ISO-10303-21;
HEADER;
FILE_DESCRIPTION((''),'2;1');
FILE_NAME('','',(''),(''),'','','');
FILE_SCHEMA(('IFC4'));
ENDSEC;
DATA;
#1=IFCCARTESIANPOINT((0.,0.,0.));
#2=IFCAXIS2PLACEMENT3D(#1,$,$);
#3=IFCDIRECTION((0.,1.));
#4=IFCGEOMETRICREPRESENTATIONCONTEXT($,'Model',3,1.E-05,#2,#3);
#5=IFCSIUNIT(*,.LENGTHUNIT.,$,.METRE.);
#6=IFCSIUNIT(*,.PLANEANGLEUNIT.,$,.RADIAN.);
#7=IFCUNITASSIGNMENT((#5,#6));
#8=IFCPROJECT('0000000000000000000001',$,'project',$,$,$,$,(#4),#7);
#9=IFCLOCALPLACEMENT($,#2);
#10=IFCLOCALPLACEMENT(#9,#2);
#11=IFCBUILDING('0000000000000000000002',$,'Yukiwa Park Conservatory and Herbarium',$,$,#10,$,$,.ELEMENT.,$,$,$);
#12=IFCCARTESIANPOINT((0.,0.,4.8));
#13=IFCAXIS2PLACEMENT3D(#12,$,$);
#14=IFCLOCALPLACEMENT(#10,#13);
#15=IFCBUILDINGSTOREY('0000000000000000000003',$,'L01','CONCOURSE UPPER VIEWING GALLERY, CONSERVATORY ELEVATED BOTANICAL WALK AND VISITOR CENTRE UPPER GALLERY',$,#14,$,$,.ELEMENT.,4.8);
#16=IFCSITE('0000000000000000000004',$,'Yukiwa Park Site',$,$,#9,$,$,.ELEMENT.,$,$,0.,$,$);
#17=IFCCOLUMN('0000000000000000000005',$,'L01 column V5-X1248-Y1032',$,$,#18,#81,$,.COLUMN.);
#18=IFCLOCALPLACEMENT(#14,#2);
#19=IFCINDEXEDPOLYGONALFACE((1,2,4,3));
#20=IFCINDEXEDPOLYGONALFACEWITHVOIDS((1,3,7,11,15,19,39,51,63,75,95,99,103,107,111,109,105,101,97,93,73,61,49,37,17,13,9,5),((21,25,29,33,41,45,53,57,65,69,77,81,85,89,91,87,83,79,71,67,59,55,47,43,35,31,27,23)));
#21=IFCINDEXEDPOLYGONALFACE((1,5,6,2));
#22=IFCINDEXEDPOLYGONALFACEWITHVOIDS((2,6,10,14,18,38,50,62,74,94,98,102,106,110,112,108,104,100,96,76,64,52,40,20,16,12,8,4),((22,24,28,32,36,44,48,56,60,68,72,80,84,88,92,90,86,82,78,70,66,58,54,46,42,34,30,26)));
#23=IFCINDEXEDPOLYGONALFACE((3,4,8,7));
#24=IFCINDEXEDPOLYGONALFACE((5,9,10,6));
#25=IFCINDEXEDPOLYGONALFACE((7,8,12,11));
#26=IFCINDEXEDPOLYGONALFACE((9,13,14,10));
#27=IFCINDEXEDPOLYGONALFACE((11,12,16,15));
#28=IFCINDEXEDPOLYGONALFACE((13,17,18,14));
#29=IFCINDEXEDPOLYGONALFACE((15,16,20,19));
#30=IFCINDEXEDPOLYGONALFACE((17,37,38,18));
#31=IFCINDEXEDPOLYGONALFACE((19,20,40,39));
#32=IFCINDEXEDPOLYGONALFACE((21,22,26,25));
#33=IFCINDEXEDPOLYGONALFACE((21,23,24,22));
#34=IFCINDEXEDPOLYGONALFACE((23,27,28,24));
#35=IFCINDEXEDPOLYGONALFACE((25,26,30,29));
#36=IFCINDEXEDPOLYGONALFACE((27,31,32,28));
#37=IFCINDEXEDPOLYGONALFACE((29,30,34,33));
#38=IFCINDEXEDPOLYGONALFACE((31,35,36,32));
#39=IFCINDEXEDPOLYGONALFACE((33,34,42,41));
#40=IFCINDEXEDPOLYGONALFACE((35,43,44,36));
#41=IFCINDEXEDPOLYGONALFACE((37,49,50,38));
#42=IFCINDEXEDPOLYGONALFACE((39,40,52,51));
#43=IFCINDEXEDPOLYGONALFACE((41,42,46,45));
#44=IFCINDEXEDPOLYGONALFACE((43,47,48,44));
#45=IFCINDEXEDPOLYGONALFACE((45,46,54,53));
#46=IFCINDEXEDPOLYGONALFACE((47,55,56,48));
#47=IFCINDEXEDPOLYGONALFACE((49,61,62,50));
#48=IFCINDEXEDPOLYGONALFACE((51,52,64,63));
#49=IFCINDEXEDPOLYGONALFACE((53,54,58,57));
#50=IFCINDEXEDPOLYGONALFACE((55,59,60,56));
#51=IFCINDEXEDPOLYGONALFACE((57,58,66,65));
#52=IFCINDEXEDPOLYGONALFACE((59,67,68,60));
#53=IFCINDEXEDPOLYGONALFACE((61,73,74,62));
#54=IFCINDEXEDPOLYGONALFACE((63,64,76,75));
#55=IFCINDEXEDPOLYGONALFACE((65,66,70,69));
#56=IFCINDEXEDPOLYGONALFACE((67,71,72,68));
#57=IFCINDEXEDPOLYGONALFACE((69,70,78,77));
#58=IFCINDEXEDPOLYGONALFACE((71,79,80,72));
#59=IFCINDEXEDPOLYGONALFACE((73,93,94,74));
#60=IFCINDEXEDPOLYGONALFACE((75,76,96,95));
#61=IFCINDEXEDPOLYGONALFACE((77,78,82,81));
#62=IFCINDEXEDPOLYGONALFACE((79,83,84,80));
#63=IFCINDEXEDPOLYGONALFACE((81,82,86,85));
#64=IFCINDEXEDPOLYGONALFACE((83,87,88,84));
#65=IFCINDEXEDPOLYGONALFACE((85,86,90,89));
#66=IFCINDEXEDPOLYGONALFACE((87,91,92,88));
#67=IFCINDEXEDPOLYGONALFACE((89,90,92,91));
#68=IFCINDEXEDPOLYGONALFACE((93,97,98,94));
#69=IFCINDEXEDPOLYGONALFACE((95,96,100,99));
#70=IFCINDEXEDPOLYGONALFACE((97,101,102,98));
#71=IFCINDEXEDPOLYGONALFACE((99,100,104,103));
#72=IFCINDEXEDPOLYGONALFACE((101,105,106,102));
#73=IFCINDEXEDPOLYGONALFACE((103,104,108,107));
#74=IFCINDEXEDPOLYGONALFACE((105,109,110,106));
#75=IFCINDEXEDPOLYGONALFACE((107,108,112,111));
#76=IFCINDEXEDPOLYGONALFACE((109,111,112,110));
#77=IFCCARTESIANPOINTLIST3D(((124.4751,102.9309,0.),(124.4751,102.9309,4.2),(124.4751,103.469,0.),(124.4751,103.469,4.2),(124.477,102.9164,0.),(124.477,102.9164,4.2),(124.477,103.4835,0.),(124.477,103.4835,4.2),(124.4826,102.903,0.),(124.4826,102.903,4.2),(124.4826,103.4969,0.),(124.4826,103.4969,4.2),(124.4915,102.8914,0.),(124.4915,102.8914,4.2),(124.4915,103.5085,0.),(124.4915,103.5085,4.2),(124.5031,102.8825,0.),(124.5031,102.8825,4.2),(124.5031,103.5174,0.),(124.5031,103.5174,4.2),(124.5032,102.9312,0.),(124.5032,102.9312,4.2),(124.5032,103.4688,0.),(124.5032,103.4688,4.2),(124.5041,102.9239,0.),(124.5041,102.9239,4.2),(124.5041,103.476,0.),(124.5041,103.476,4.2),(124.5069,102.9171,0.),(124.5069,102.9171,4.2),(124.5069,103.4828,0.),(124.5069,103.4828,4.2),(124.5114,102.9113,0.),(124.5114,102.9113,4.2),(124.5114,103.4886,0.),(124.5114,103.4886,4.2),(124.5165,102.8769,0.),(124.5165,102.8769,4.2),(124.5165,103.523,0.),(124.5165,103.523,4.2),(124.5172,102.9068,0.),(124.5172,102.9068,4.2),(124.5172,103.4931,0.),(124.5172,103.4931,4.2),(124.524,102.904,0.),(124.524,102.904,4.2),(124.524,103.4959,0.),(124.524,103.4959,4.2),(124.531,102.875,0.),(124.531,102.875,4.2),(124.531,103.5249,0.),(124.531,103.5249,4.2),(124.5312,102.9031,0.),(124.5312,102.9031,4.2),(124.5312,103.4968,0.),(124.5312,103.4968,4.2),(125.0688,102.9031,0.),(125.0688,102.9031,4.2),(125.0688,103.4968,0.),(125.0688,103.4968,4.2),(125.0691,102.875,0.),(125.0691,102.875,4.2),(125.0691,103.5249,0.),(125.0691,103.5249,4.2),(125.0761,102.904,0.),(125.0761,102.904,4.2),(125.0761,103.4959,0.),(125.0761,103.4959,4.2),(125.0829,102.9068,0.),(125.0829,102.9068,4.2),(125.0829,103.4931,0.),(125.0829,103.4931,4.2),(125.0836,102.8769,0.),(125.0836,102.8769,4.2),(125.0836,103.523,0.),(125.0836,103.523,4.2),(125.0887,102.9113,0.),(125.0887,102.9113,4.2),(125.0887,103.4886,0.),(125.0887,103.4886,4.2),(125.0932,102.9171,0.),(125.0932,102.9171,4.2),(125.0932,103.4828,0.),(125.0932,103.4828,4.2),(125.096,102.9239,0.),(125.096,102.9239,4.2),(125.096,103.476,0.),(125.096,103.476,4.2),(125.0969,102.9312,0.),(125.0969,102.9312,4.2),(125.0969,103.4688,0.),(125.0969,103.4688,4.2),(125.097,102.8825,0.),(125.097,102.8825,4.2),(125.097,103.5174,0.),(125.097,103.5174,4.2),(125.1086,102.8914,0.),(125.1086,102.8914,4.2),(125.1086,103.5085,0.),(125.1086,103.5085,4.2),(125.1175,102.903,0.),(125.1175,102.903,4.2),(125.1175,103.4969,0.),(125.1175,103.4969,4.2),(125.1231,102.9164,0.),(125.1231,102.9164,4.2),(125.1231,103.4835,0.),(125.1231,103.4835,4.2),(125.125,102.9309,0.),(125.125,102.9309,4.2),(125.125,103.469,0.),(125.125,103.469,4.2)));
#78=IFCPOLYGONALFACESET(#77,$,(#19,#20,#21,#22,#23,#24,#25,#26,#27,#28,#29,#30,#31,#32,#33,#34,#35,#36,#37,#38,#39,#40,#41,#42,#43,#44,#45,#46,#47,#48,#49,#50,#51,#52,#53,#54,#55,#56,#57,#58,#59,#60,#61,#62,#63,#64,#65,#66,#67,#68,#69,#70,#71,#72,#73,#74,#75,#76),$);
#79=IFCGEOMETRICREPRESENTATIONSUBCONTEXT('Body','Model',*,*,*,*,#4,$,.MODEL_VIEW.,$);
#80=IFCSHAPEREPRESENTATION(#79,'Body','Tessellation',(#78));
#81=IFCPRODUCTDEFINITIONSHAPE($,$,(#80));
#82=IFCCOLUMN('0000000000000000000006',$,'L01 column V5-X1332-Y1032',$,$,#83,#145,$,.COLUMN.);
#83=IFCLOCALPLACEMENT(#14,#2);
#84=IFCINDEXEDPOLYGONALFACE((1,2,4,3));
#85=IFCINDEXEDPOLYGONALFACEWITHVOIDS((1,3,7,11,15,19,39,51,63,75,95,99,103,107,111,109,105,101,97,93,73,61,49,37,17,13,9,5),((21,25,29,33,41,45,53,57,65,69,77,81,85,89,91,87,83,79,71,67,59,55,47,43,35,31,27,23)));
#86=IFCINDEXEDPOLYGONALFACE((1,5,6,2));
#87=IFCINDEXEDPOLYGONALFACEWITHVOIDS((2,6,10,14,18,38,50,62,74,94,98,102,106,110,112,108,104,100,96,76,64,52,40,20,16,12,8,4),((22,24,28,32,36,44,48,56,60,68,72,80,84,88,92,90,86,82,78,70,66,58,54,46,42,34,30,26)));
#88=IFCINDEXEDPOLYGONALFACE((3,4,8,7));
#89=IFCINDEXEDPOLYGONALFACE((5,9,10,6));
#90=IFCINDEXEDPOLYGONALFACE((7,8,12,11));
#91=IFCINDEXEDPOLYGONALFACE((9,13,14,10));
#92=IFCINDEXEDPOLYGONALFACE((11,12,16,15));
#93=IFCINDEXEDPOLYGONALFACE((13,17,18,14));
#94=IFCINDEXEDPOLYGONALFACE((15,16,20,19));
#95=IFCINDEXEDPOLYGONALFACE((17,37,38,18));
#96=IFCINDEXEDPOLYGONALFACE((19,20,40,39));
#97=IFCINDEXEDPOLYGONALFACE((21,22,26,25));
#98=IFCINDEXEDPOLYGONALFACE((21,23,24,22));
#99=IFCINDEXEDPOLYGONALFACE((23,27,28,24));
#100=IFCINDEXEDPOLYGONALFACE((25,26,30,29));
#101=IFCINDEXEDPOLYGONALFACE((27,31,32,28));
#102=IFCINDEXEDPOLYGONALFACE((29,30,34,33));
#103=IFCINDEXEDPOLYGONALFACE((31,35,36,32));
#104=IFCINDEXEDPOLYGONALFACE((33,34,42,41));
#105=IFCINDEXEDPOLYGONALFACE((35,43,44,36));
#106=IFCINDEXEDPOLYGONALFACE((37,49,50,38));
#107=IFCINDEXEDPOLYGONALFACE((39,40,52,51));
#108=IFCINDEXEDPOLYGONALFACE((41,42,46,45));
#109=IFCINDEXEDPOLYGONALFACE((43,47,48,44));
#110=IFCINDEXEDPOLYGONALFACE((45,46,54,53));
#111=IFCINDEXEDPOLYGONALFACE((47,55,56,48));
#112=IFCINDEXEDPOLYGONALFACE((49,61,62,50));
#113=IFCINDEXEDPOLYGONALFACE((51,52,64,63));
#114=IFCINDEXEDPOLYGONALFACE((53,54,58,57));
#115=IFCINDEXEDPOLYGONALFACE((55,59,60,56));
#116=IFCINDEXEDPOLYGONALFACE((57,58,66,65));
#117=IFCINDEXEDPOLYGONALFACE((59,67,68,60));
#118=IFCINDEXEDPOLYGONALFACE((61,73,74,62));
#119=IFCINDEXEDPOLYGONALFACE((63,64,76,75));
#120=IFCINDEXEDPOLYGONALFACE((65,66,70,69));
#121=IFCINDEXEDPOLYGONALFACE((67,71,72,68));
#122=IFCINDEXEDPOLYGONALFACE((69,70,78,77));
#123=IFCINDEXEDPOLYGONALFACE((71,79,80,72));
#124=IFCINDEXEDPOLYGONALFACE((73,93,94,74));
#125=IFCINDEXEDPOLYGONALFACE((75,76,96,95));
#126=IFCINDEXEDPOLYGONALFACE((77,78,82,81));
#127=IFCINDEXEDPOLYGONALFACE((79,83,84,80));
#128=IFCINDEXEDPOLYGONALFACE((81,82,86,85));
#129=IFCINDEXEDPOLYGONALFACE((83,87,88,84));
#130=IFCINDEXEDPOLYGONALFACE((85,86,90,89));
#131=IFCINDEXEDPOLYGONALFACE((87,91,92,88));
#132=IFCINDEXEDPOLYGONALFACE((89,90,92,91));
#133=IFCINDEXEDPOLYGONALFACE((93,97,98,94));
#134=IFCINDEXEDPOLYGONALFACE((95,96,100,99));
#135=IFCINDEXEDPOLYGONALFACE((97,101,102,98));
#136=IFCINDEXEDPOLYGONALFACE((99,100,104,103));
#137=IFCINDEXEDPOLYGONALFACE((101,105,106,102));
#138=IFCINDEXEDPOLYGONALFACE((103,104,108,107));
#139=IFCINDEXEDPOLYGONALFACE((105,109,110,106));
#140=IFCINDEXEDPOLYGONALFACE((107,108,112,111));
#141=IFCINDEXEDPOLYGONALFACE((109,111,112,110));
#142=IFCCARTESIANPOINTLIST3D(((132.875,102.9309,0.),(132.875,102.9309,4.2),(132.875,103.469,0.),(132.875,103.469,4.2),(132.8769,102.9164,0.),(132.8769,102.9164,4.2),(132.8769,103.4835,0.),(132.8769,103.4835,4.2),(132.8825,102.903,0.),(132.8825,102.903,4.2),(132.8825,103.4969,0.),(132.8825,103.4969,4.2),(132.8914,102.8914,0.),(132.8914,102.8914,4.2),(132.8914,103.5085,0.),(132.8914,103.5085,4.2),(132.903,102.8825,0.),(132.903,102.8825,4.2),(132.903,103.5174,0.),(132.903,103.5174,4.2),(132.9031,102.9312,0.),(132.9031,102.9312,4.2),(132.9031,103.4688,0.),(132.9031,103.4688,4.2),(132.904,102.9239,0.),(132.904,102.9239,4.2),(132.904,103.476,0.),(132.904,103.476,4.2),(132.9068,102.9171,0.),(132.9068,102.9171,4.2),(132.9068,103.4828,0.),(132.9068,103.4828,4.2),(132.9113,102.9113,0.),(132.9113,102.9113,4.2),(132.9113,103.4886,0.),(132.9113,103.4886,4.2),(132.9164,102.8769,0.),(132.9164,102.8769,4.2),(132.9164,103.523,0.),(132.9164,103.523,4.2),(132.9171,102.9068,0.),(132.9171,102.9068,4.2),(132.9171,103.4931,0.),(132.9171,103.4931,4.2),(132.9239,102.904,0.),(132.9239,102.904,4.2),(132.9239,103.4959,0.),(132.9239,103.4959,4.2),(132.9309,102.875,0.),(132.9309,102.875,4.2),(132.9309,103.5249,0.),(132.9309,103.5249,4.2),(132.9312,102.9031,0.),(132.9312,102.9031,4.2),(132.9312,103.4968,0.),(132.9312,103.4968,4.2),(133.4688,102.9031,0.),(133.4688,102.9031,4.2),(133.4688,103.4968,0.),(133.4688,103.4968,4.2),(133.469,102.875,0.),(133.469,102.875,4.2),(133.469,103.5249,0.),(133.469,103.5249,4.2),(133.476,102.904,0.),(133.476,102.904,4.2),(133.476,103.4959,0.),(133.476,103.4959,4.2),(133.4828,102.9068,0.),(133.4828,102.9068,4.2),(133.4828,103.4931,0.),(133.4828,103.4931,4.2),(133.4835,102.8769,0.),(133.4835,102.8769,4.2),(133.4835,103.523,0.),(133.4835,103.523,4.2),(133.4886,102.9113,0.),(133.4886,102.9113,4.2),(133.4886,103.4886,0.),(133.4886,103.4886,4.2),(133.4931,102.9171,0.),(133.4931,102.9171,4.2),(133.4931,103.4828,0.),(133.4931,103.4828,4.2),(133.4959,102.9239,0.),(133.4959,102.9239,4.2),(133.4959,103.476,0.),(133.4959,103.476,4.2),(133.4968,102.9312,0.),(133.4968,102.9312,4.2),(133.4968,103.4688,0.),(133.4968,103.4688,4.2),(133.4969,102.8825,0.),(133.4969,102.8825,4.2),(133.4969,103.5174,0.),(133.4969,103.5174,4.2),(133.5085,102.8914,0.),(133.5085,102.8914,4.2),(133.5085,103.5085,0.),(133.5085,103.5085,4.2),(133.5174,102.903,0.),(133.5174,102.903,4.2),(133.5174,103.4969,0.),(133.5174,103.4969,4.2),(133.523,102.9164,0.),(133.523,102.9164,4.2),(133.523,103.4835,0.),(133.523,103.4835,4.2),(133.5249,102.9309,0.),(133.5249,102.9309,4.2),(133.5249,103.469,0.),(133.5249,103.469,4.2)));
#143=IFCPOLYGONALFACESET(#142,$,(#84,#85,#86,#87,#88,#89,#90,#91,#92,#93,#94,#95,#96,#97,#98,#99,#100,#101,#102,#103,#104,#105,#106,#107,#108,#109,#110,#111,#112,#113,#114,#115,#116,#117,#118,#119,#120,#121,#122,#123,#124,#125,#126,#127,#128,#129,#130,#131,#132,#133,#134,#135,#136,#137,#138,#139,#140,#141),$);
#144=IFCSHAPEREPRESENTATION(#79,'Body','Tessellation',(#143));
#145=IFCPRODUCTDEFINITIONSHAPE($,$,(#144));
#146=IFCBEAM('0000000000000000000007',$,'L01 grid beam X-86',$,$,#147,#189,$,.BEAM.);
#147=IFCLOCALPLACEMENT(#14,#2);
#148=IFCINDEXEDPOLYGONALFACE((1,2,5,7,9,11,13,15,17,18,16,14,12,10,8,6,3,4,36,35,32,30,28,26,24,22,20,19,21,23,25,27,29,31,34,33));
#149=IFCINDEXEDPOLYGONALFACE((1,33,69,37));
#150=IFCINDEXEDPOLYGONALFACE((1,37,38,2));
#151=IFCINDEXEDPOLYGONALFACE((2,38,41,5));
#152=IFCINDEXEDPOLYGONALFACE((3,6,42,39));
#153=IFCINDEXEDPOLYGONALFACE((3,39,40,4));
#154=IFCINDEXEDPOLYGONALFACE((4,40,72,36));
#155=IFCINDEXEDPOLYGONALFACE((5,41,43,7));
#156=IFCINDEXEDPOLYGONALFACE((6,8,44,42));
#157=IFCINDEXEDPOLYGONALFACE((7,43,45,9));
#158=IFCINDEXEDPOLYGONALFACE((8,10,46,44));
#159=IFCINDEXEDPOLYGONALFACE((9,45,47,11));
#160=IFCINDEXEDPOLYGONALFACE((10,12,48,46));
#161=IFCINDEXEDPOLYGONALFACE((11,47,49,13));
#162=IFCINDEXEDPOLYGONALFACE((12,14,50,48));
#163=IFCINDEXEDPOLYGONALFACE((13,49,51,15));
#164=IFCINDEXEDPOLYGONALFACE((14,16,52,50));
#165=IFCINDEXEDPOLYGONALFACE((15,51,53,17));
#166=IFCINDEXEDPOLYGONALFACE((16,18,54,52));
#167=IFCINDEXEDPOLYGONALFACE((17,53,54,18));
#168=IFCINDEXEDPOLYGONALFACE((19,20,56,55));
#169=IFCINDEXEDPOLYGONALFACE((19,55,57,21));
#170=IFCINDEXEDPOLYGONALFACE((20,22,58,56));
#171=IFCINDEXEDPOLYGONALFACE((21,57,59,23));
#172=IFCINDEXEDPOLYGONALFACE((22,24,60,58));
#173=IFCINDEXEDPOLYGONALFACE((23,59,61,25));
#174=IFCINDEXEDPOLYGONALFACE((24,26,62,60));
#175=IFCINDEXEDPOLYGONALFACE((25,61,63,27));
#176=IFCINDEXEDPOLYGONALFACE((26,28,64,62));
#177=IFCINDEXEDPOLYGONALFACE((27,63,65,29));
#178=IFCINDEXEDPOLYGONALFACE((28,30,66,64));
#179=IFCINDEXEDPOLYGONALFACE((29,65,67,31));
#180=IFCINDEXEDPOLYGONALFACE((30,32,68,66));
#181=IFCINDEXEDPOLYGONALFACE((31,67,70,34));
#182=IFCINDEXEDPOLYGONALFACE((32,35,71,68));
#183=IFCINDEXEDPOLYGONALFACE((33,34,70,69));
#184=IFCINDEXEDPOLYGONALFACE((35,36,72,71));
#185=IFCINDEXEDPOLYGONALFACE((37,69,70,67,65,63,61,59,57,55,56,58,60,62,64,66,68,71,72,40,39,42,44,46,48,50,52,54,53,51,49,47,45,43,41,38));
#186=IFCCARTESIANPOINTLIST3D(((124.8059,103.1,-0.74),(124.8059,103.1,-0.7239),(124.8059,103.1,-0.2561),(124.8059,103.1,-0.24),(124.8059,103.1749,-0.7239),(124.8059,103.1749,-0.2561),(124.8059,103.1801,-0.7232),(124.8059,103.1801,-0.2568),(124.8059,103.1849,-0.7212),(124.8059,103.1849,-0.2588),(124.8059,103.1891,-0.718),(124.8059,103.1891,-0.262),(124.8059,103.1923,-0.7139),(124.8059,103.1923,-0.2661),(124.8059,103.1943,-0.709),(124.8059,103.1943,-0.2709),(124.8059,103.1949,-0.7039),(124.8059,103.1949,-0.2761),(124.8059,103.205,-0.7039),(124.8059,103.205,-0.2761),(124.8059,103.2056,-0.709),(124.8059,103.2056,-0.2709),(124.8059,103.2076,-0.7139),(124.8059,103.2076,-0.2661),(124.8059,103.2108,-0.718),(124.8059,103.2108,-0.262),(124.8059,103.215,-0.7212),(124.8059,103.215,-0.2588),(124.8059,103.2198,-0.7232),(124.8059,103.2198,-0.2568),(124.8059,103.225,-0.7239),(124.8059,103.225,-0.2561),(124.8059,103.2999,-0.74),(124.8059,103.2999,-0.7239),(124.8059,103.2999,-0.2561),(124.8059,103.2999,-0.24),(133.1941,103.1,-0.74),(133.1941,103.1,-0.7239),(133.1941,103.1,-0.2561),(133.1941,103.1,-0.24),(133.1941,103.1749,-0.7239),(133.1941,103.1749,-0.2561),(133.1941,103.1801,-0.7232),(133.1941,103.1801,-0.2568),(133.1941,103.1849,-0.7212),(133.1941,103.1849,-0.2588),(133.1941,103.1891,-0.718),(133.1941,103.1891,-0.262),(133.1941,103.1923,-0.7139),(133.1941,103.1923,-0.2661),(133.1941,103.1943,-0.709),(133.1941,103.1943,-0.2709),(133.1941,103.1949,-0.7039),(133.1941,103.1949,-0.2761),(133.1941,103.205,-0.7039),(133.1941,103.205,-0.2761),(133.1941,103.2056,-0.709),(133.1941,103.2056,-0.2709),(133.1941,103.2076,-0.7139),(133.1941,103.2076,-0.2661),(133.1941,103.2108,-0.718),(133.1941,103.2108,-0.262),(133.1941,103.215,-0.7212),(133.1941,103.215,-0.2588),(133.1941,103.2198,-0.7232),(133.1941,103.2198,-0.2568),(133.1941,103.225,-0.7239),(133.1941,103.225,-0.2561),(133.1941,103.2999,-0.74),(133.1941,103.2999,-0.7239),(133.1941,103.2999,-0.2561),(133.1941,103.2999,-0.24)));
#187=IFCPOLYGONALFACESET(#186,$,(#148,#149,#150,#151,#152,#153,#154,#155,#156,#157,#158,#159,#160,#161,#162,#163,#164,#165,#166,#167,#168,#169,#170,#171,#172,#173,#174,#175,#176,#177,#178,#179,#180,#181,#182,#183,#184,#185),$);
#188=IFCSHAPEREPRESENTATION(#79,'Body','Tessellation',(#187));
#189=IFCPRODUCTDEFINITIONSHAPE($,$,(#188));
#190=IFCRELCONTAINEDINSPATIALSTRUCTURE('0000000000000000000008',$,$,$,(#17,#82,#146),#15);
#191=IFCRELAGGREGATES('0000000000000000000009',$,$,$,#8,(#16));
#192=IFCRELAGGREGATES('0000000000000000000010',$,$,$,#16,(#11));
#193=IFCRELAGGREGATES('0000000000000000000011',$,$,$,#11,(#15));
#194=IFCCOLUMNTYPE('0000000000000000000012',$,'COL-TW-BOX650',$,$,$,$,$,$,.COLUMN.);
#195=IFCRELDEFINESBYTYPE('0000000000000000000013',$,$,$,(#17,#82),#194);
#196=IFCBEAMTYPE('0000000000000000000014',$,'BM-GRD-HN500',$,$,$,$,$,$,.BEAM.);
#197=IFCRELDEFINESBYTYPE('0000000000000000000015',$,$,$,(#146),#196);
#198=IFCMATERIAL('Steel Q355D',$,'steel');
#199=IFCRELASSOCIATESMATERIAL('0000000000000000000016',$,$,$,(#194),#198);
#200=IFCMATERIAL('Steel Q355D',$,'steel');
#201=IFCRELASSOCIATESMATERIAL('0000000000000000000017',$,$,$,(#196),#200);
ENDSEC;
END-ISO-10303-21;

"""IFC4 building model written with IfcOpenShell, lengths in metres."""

from ifc_helpers import new_model, si_unit, direction, frame, origin, origin_2d, place, context, subcontext, project, spatial, hollow_rectangle, i_section, extrude, material, material_profile, profile_set, type_object, element, save


model = new_model("IFC4")

# Units and contexts
model_context = context("Model", 3, precision=1e-05, world=origin(), true_north=direction((0.0, 1.0)))
body_context = subcontext(model_context, "Body", "Model", "MODEL_VIEW")
ifc_project = project(units=[si_unit("LENGTHUNIT", "METRE"), si_unit("PLANEANGLEUNIT", "RADIAN")], contexts=[model_context])

# Site, building, storey
site_placement = place(None, origin())
site = spatial("IfcSite", under=ifc_project, at=site_placement, Name="Yukiwa Park Site", CompositionType="ELEMENT", RefElevation=0.0)
building_placement = place(site_placement, origin())
building = spatial("IfcBuilding", under=site, at=building_placement, Name="Yukiwa Park Conservatory and Herbarium", CompositionType="ELEMENT")
storey_placement = place(building_placement, frame((0.0, 0.0, 4.8)))
storey = spatial("IfcBuildingStorey", under=building, at=storey_placement, Name="L01", Description="CONCOURSE UPPER VIEWING GALLERY, CONSERVATORY ELEVATED BOTANICAL WALK AND VISITOR CENTRE UPPER GALLERY", CompositionType="ELEMENT", Elevation=4.8)

# Columns
ifc_material_1 = material(Name="Steel Q355D", Category="steel")
ifc_material_profile_1 = material_profile(ifc_material_1, hollow_rectangle(XDim=0.6499, YDim=0.6499, WallThickness=0.0281, InnerFilletRadius=0.0281, OuterFilletRadius=0.0559, at=origin_2d()), Name="BOX 650x650x28")
ifc_profile_set_1 = profile_set([ifc_material_profile_1], Name="Steel Q355D")
column_type_1 = type_object("IfcColumnType", Name="COL-TW-BOX650", PredefinedType="COLUMN", material=ifc_profile_set_1)
for number, where, z_axis, x_axis, name in (
    (1, (124.8, 103.2, 0.0), (0.0, 0.0, 1.0), (1.0, 0.0, 0.0), "L01 column V5-X1248-Y1032"),
    (2, (133.2, 103.2, 0.0), (0.0, 0.0, 1.0), (1.0, 0.0, 0.0), "L01 column V5-X1332-Y1032"),
):
    element("IfcColumn", number, at=place(storey_placement, frame(where, z_axis=z_axis, x_axis=x_axis)), inside=storey, type_object=column_type_1, Name=name, PredefinedType="COLUMN", context=body_context, shape_type="SweptSolid", body=[
        extrude(hollow_rectangle(XDim=0.6499, YDim=0.6499, WallThickness=0.0281, InnerFilletRadius=0.0281, OuterFilletRadius=0.0559, at=origin_2d()), origin(), (0.0, 0.0, 1.0), 4.2),
    ])

# Beam
ifc_material_2 = material(Name="Steel Q355D", Category="steel")
ifc_material_profile_2 = material_profile(ifc_material_2, i_section(OverallWidth=0.2, OverallDepth=0.5, WebThickness=0.01, FlangeThickness=0.0161, FilletRadius=0.02, at=origin_2d()), Name="HN 500x200x10x16")
ifc_profile_set_2 = profile_set([ifc_material_profile_2], Name="Steel Q355D")
beam_type_1 = type_object("IfcBeamType", Name="BM-GRD-HN500", PredefinedType="BEAM", material=ifc_profile_set_2)
beam_1_placement = place(storey_placement, frame((124.8059, 103.2, -0.49), z_axis=(1.0, 0.0, 0.0), x_axis=(0.0, 1.0, 0.0)))
element("IfcBeam", 3, at=beam_1_placement, inside=storey, type_object=beam_type_1, Name="L01 grid beam X-86", PredefinedType="BEAM", context=body_context, shape_type="SweptSolid", body=[
    extrude(i_section(OverallWidth=0.2, OverallDepth=0.5, WebThickness=0.01, FlangeThickness=0.0161, FilletRadius=0.02, at=origin_2d()), origin(), (0.0, 0.0, 1.0), 8.3882),
])

save(model, "model.ifc")
